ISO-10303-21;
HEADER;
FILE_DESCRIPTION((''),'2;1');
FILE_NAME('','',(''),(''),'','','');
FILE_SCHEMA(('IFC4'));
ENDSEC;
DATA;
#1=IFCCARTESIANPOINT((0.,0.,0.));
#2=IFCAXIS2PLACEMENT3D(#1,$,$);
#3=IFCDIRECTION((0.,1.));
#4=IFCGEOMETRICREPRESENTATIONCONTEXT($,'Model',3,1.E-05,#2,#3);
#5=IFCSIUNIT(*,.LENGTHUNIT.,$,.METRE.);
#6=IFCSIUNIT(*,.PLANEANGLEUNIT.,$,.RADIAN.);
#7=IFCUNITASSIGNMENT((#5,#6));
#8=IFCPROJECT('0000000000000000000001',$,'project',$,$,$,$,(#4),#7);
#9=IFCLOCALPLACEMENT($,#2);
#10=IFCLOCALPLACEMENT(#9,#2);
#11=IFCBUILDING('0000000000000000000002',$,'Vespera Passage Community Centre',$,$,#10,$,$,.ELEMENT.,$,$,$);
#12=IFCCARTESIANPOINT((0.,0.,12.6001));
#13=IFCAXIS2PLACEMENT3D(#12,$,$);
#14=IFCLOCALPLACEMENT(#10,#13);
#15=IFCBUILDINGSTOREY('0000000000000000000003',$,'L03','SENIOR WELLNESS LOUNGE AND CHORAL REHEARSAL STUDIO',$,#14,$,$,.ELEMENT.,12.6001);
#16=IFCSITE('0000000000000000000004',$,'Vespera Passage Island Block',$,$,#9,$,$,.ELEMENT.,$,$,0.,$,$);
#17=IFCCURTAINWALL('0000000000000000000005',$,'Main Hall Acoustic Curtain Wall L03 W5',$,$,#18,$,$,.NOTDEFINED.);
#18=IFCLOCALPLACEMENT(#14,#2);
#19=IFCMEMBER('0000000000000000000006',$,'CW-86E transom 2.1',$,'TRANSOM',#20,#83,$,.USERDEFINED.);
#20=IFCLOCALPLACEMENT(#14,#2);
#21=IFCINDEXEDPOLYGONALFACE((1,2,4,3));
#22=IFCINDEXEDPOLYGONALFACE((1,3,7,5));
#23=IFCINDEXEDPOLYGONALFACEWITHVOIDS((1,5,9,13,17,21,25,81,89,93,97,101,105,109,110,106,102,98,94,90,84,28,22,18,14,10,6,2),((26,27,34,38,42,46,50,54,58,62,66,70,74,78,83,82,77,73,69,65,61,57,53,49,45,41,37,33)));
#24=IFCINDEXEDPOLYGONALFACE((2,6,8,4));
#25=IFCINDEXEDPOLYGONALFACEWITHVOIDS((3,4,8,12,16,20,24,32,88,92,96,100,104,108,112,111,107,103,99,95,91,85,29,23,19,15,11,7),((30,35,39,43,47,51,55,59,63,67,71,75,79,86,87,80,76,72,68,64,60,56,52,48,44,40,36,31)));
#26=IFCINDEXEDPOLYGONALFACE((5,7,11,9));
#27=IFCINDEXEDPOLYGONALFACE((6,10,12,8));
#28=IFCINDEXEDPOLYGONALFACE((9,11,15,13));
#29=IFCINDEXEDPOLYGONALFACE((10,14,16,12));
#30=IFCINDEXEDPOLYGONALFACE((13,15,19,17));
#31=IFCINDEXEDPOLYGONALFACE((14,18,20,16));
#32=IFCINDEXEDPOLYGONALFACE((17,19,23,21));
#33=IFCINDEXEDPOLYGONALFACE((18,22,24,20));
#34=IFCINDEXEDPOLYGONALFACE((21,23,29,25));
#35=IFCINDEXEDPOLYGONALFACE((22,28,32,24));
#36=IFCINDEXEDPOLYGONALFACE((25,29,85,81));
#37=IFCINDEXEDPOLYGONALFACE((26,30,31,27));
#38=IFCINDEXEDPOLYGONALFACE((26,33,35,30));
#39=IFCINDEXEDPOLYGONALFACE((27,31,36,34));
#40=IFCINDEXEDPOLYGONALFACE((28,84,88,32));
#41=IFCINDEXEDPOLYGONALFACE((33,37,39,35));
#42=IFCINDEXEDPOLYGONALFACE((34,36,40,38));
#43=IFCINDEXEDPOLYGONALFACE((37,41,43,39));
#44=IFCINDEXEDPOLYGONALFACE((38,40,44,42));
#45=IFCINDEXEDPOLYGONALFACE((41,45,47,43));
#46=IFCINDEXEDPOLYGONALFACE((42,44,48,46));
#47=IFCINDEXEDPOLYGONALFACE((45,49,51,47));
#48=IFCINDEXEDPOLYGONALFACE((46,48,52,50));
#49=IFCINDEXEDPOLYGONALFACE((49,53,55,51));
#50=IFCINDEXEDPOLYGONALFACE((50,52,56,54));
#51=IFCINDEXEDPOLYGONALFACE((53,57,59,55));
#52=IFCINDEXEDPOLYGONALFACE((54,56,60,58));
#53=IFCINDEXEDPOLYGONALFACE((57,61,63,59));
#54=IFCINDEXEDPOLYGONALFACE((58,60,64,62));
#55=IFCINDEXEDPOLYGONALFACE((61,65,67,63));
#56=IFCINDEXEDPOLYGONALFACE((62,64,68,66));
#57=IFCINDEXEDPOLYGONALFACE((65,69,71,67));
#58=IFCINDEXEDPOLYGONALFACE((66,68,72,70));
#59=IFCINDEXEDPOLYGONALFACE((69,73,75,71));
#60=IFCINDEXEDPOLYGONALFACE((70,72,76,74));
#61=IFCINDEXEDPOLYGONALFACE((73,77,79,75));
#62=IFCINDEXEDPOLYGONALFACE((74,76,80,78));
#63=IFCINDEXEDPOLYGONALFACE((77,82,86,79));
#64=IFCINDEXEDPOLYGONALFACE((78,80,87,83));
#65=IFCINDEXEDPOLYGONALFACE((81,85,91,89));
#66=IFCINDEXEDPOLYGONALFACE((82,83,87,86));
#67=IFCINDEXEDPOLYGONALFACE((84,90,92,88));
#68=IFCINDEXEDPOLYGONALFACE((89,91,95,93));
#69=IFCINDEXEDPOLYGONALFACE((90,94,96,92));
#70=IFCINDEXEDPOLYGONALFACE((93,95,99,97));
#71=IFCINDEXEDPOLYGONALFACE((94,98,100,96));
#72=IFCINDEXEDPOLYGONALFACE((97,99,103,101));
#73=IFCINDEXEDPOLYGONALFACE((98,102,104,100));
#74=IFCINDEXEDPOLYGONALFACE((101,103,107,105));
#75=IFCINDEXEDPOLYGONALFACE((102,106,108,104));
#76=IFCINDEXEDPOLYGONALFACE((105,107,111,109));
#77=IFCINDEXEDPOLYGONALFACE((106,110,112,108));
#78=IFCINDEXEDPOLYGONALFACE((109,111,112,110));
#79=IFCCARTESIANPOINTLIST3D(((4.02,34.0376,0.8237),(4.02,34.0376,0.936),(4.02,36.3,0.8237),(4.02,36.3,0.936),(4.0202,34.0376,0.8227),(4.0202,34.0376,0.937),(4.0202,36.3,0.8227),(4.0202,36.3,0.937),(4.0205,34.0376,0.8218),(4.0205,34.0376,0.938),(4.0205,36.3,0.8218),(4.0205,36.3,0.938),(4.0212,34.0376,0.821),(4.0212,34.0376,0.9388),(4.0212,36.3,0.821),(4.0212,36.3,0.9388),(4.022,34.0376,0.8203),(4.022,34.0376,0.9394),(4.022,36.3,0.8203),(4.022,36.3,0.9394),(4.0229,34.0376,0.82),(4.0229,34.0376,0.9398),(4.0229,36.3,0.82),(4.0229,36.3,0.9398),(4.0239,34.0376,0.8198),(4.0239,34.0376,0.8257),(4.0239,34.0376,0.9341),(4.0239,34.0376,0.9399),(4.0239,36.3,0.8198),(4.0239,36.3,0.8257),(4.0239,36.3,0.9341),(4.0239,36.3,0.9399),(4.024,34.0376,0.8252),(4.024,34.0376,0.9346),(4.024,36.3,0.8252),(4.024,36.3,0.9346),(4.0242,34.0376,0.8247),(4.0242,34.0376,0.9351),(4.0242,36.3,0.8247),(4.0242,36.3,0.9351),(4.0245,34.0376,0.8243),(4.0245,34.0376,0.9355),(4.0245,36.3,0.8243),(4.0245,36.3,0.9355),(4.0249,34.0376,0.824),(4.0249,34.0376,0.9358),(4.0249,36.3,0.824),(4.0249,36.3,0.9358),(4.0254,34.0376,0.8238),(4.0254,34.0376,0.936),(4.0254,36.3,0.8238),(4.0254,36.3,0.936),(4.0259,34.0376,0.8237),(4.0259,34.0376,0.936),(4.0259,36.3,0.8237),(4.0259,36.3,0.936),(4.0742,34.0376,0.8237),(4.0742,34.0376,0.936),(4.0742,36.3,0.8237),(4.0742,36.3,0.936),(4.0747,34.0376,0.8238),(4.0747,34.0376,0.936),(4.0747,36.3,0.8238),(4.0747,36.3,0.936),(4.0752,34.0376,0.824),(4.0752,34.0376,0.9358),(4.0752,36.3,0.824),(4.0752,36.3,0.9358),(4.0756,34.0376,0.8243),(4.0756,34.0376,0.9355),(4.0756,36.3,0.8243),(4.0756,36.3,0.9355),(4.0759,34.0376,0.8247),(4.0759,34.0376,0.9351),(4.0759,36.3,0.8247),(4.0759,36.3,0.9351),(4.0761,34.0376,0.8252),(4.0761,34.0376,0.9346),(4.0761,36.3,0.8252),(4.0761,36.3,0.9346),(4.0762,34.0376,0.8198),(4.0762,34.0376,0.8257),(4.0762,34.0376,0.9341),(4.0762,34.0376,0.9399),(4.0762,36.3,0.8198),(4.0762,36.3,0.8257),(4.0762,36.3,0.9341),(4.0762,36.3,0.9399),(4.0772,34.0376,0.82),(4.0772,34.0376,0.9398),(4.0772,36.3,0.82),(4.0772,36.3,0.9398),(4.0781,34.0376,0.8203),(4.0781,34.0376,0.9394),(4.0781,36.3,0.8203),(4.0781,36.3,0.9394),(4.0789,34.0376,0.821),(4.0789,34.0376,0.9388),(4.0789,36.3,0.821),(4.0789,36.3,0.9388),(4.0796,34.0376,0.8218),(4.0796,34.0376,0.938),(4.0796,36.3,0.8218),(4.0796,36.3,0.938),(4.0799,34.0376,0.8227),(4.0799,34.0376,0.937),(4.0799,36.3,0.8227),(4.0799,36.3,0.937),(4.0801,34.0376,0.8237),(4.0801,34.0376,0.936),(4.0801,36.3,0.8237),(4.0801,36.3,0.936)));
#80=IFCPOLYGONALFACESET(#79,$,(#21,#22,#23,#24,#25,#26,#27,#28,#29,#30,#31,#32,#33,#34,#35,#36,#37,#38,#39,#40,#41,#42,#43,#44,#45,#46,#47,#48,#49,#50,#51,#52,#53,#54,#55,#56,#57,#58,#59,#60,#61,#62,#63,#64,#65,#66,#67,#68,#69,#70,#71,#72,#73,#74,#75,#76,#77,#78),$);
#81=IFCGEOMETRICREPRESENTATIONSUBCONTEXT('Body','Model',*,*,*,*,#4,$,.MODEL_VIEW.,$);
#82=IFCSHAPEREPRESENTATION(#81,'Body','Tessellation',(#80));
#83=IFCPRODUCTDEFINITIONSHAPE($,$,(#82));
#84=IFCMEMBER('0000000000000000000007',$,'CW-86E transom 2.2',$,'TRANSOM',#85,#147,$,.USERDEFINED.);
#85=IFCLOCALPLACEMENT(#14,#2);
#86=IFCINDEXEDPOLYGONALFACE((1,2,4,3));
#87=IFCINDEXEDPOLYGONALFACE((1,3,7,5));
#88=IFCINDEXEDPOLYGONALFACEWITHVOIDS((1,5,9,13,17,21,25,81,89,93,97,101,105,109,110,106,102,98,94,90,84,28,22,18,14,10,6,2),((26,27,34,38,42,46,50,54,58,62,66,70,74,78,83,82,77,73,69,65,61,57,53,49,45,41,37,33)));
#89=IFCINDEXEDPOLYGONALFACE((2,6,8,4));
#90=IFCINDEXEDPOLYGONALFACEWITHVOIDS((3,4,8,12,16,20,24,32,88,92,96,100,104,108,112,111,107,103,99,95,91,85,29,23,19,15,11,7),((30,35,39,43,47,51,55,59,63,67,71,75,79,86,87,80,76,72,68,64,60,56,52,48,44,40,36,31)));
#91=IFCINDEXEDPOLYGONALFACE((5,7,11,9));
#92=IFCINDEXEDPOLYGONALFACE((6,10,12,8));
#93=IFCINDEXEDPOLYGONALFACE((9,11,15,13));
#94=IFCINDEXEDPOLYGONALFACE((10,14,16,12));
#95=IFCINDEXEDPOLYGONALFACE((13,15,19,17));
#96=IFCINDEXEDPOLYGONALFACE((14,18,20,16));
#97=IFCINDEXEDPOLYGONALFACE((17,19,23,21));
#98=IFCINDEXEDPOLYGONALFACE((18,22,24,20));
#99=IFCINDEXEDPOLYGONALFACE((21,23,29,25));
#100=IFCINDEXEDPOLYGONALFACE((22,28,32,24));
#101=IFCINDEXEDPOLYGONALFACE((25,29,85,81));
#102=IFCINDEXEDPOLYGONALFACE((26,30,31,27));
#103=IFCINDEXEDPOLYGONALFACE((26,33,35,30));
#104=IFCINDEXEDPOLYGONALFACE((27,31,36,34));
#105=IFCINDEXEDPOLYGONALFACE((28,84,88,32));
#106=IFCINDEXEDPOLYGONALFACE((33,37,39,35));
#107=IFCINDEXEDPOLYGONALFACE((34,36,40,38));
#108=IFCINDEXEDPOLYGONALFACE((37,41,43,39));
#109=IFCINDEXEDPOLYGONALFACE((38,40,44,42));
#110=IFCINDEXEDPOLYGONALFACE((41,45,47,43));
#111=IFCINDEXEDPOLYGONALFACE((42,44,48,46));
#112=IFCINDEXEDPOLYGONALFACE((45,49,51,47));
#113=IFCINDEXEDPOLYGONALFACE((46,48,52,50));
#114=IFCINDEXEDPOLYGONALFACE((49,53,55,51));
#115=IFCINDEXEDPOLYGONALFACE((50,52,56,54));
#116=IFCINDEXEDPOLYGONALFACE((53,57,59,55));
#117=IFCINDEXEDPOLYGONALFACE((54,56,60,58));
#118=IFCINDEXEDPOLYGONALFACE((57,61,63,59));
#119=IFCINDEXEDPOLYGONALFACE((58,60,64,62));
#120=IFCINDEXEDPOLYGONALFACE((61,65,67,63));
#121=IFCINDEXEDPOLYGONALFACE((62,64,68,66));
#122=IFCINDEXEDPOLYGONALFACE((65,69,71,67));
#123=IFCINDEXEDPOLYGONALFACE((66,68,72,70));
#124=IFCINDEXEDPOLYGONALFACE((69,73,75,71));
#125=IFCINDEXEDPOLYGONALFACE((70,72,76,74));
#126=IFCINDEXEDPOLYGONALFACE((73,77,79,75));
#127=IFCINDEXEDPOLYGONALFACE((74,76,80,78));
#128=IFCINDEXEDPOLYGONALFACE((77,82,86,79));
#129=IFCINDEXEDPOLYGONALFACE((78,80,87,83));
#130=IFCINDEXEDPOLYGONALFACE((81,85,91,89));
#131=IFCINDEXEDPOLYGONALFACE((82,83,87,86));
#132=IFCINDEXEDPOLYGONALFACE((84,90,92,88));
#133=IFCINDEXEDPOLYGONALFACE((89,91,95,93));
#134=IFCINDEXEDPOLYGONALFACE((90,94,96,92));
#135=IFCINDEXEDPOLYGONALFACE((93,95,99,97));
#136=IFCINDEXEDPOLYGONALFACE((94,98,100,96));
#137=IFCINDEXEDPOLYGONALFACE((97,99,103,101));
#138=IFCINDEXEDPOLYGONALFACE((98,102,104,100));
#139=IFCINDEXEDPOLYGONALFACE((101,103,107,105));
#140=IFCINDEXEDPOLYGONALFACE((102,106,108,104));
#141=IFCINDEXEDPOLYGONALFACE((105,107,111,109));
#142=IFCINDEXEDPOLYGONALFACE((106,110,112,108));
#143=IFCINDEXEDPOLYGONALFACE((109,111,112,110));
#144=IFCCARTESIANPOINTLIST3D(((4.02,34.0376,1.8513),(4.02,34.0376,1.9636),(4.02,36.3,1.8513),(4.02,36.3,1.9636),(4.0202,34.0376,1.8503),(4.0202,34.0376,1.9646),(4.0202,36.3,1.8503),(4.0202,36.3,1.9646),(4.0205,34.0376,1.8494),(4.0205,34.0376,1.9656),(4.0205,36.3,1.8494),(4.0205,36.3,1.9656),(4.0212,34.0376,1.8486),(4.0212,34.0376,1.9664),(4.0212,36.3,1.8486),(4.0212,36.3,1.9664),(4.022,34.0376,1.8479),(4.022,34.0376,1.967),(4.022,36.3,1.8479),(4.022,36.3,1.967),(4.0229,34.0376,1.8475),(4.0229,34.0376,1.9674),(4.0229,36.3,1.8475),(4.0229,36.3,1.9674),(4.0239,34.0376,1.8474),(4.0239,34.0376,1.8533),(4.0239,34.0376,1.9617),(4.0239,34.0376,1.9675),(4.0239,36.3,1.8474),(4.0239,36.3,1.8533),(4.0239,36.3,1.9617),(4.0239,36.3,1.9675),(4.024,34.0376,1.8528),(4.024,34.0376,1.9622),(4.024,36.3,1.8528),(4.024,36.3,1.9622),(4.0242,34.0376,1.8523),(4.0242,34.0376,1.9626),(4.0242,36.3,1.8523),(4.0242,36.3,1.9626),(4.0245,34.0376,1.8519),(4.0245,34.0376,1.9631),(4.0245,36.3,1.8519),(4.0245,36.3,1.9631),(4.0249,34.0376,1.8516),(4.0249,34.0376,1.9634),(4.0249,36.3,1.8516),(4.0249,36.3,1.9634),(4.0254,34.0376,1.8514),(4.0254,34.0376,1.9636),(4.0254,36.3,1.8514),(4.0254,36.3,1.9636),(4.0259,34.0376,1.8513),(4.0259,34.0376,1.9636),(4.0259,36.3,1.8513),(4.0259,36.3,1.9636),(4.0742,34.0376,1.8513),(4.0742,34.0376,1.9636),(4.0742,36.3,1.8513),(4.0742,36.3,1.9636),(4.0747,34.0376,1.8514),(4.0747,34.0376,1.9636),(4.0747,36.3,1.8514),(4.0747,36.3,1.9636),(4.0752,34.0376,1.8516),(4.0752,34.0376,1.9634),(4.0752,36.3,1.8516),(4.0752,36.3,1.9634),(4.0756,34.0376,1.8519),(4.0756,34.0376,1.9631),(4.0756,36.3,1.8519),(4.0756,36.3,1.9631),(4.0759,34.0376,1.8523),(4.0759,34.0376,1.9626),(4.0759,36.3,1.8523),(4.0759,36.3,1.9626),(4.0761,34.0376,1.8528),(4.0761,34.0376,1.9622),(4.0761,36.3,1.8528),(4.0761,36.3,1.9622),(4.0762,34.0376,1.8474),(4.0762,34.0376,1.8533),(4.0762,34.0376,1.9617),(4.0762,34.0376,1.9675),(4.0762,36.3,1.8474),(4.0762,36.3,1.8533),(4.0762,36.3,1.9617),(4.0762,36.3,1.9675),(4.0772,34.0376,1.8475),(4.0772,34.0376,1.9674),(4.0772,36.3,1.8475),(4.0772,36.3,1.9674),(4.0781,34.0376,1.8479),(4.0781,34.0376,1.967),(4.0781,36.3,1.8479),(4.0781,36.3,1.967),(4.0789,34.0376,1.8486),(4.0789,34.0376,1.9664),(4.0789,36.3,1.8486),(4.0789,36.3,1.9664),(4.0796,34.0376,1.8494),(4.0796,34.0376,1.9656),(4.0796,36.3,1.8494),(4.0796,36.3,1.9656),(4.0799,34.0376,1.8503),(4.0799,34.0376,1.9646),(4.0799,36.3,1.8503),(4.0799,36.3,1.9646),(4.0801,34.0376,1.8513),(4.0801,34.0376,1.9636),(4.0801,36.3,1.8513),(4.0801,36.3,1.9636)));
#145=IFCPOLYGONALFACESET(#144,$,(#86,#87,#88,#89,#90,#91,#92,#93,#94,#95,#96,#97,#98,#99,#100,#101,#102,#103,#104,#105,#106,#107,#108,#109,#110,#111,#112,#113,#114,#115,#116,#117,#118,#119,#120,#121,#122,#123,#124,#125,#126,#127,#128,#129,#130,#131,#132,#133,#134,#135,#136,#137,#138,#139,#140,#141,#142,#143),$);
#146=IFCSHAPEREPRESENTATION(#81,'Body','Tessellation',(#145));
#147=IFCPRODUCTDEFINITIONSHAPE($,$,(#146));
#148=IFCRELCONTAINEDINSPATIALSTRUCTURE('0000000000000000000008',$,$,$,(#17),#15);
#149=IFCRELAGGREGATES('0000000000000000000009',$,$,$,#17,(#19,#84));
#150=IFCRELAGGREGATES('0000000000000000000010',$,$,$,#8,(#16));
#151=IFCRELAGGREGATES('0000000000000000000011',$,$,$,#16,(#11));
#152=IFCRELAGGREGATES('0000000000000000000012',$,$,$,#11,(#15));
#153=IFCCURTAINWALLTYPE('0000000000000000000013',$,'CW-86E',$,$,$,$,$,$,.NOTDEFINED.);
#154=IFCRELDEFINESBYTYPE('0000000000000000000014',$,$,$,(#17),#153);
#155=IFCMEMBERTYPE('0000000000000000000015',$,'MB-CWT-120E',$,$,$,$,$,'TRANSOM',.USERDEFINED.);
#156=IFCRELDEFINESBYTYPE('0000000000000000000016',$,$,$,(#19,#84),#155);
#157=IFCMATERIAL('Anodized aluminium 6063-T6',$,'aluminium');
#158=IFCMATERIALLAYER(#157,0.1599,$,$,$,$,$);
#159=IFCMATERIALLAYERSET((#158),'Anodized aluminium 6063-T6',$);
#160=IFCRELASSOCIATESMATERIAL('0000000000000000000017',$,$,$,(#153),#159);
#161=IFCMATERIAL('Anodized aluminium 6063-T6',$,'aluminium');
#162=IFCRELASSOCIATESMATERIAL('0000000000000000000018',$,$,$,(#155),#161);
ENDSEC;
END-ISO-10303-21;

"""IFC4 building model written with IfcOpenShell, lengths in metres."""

from ifc_helpers import new_model, si_unit, direction, frame, origin, origin_2d, place, context, subcontext, project, spatial, hollow_rectangle, extrude, material, layer, layer_set, material_profile, profile_set, type_object, element, aggregate, save


model = new_model("IFC4")

# Units and contexts
model_context = context("Model", 3, precision=1e-05, world=origin(), true_north=direction((0.0, 1.0)))
body_context = subcontext(model_context, "Body", "Model", "MODEL_VIEW")
ifc_project = project(units=[si_unit("LENGTHUNIT", "METRE"), si_unit("PLANEANGLEUNIT", "RADIAN")], contexts=[model_context])

# Site, building, storey
site_placement = place(None, origin())
site = spatial("IfcSite", under=ifc_project, at=site_placement, Name="Vespera Passage Island Block", CompositionType="ELEMENT", RefElevation=0.0)
building_placement = place(site_placement, origin())
building = spatial("IfcBuilding", under=site, at=building_placement, Name="Vespera Passage Community Centre", CompositionType="ELEMENT")
storey_placement = place(building_placement, frame((0.0, 0.0, 12.6001)))
storey = spatial("IfcBuildingStorey", under=building, at=storey_placement, Name="L03", Description="SENIOR WELLNESS LOUNGE AND CHORAL REHEARSAL STUDIO", CompositionType="ELEMENT", Elevation=12.6001)

# Curtain wall, members
ifc_material_1 = material(Name="Anodized aluminium 6063-T6", Category="aluminium")
ifc_layer_1 = layer(ifc_material_1, 0.1599)
ifc_layer_set_1 = layer_set([ifc_layer_1], Name="Anodized aluminium 6063-T6")
curtain_wall_type = type_object("IfcCurtainWallType", Name="CW-86E", PredefinedType="NOTDEFINED", material=ifc_layer_set_1)
curtain_wall_placement = place(storey_placement, origin())
curtain_wall = element("IfcCurtainWall", 1, at=curtain_wall_placement, inside=storey, type_object=curtain_wall_type, Name="Main Hall Acoustic Curtain Wall L03 W5", PredefinedType="NOTDEFINED")
ifc_material_2 = material(Name="Anodized aluminium 6063-T6", Category="aluminium")
ifc_material_profile_1 = material_profile(ifc_material_2, hollow_rectangle(XDim=0.0601, YDim=0.1201, WallThickness=0.0039, InnerFilletRadius=0.002, OuterFilletRadius=0.0039, at=origin_2d()), Name="ALU120X60X4")
ifc_profile_set_1 = profile_set([ifc_material_profile_1], Name="Anodized aluminium 6063-T6")
member_type_1 = type_object("IfcMemberType", Name="MB-CWT-120E", ElementType="TRANSOM", PredefinedType="USERDEFINED", material=ifc_profile_set_1)
member_1_placement = place(storey_placement, frame((4.05, 34.0376, 0.8799), z_axis=(0.0, 1.0, 0.0), x_axis=(-1.0, 0.0, 0.0)))
member_1 = element("IfcMember", 2, at=member_1_placement, type_object=member_type_1, Name="CW-86E transom 2.1", ObjectType="TRANSOM", PredefinedType="USERDEFINED", context=body_context, shape_type="SweptSolid", body=[
    extrude(hollow_rectangle(XDim=0.0601, YDim=0.1201, WallThickness=0.0039, InnerFilletRadius=0.002, OuterFilletRadius=0.0039, at=origin_2d()), origin(), (0.0, 0.0, 1.0), 2.2625),
])
member_2_placement = place(storey_placement, frame((4.05, 34.0376, 1.9075), z_axis=(0.0, 1.0, 0.0), x_axis=(-1.0, 0.0, 0.0)))
member_2 = element("IfcMember", 3, at=member_2_placement, type_object=member_type_1, Name="CW-86E transom 2.2", ObjectType="TRANSOM", PredefinedType="USERDEFINED", context=body_context, shape_type="SweptSolid", body=[
    extrude(hollow_rectangle(XDim=0.0601, YDim=0.1201, WallThickness=0.0039, InnerFilletRadius=0.002, OuterFilletRadius=0.0039, at=origin_2d()), origin(), (0.0, 0.0, 1.0), 2.2625),
])
aggregate(curtain_wall, [member_1, member_2])

save(model, "model.ifc")
